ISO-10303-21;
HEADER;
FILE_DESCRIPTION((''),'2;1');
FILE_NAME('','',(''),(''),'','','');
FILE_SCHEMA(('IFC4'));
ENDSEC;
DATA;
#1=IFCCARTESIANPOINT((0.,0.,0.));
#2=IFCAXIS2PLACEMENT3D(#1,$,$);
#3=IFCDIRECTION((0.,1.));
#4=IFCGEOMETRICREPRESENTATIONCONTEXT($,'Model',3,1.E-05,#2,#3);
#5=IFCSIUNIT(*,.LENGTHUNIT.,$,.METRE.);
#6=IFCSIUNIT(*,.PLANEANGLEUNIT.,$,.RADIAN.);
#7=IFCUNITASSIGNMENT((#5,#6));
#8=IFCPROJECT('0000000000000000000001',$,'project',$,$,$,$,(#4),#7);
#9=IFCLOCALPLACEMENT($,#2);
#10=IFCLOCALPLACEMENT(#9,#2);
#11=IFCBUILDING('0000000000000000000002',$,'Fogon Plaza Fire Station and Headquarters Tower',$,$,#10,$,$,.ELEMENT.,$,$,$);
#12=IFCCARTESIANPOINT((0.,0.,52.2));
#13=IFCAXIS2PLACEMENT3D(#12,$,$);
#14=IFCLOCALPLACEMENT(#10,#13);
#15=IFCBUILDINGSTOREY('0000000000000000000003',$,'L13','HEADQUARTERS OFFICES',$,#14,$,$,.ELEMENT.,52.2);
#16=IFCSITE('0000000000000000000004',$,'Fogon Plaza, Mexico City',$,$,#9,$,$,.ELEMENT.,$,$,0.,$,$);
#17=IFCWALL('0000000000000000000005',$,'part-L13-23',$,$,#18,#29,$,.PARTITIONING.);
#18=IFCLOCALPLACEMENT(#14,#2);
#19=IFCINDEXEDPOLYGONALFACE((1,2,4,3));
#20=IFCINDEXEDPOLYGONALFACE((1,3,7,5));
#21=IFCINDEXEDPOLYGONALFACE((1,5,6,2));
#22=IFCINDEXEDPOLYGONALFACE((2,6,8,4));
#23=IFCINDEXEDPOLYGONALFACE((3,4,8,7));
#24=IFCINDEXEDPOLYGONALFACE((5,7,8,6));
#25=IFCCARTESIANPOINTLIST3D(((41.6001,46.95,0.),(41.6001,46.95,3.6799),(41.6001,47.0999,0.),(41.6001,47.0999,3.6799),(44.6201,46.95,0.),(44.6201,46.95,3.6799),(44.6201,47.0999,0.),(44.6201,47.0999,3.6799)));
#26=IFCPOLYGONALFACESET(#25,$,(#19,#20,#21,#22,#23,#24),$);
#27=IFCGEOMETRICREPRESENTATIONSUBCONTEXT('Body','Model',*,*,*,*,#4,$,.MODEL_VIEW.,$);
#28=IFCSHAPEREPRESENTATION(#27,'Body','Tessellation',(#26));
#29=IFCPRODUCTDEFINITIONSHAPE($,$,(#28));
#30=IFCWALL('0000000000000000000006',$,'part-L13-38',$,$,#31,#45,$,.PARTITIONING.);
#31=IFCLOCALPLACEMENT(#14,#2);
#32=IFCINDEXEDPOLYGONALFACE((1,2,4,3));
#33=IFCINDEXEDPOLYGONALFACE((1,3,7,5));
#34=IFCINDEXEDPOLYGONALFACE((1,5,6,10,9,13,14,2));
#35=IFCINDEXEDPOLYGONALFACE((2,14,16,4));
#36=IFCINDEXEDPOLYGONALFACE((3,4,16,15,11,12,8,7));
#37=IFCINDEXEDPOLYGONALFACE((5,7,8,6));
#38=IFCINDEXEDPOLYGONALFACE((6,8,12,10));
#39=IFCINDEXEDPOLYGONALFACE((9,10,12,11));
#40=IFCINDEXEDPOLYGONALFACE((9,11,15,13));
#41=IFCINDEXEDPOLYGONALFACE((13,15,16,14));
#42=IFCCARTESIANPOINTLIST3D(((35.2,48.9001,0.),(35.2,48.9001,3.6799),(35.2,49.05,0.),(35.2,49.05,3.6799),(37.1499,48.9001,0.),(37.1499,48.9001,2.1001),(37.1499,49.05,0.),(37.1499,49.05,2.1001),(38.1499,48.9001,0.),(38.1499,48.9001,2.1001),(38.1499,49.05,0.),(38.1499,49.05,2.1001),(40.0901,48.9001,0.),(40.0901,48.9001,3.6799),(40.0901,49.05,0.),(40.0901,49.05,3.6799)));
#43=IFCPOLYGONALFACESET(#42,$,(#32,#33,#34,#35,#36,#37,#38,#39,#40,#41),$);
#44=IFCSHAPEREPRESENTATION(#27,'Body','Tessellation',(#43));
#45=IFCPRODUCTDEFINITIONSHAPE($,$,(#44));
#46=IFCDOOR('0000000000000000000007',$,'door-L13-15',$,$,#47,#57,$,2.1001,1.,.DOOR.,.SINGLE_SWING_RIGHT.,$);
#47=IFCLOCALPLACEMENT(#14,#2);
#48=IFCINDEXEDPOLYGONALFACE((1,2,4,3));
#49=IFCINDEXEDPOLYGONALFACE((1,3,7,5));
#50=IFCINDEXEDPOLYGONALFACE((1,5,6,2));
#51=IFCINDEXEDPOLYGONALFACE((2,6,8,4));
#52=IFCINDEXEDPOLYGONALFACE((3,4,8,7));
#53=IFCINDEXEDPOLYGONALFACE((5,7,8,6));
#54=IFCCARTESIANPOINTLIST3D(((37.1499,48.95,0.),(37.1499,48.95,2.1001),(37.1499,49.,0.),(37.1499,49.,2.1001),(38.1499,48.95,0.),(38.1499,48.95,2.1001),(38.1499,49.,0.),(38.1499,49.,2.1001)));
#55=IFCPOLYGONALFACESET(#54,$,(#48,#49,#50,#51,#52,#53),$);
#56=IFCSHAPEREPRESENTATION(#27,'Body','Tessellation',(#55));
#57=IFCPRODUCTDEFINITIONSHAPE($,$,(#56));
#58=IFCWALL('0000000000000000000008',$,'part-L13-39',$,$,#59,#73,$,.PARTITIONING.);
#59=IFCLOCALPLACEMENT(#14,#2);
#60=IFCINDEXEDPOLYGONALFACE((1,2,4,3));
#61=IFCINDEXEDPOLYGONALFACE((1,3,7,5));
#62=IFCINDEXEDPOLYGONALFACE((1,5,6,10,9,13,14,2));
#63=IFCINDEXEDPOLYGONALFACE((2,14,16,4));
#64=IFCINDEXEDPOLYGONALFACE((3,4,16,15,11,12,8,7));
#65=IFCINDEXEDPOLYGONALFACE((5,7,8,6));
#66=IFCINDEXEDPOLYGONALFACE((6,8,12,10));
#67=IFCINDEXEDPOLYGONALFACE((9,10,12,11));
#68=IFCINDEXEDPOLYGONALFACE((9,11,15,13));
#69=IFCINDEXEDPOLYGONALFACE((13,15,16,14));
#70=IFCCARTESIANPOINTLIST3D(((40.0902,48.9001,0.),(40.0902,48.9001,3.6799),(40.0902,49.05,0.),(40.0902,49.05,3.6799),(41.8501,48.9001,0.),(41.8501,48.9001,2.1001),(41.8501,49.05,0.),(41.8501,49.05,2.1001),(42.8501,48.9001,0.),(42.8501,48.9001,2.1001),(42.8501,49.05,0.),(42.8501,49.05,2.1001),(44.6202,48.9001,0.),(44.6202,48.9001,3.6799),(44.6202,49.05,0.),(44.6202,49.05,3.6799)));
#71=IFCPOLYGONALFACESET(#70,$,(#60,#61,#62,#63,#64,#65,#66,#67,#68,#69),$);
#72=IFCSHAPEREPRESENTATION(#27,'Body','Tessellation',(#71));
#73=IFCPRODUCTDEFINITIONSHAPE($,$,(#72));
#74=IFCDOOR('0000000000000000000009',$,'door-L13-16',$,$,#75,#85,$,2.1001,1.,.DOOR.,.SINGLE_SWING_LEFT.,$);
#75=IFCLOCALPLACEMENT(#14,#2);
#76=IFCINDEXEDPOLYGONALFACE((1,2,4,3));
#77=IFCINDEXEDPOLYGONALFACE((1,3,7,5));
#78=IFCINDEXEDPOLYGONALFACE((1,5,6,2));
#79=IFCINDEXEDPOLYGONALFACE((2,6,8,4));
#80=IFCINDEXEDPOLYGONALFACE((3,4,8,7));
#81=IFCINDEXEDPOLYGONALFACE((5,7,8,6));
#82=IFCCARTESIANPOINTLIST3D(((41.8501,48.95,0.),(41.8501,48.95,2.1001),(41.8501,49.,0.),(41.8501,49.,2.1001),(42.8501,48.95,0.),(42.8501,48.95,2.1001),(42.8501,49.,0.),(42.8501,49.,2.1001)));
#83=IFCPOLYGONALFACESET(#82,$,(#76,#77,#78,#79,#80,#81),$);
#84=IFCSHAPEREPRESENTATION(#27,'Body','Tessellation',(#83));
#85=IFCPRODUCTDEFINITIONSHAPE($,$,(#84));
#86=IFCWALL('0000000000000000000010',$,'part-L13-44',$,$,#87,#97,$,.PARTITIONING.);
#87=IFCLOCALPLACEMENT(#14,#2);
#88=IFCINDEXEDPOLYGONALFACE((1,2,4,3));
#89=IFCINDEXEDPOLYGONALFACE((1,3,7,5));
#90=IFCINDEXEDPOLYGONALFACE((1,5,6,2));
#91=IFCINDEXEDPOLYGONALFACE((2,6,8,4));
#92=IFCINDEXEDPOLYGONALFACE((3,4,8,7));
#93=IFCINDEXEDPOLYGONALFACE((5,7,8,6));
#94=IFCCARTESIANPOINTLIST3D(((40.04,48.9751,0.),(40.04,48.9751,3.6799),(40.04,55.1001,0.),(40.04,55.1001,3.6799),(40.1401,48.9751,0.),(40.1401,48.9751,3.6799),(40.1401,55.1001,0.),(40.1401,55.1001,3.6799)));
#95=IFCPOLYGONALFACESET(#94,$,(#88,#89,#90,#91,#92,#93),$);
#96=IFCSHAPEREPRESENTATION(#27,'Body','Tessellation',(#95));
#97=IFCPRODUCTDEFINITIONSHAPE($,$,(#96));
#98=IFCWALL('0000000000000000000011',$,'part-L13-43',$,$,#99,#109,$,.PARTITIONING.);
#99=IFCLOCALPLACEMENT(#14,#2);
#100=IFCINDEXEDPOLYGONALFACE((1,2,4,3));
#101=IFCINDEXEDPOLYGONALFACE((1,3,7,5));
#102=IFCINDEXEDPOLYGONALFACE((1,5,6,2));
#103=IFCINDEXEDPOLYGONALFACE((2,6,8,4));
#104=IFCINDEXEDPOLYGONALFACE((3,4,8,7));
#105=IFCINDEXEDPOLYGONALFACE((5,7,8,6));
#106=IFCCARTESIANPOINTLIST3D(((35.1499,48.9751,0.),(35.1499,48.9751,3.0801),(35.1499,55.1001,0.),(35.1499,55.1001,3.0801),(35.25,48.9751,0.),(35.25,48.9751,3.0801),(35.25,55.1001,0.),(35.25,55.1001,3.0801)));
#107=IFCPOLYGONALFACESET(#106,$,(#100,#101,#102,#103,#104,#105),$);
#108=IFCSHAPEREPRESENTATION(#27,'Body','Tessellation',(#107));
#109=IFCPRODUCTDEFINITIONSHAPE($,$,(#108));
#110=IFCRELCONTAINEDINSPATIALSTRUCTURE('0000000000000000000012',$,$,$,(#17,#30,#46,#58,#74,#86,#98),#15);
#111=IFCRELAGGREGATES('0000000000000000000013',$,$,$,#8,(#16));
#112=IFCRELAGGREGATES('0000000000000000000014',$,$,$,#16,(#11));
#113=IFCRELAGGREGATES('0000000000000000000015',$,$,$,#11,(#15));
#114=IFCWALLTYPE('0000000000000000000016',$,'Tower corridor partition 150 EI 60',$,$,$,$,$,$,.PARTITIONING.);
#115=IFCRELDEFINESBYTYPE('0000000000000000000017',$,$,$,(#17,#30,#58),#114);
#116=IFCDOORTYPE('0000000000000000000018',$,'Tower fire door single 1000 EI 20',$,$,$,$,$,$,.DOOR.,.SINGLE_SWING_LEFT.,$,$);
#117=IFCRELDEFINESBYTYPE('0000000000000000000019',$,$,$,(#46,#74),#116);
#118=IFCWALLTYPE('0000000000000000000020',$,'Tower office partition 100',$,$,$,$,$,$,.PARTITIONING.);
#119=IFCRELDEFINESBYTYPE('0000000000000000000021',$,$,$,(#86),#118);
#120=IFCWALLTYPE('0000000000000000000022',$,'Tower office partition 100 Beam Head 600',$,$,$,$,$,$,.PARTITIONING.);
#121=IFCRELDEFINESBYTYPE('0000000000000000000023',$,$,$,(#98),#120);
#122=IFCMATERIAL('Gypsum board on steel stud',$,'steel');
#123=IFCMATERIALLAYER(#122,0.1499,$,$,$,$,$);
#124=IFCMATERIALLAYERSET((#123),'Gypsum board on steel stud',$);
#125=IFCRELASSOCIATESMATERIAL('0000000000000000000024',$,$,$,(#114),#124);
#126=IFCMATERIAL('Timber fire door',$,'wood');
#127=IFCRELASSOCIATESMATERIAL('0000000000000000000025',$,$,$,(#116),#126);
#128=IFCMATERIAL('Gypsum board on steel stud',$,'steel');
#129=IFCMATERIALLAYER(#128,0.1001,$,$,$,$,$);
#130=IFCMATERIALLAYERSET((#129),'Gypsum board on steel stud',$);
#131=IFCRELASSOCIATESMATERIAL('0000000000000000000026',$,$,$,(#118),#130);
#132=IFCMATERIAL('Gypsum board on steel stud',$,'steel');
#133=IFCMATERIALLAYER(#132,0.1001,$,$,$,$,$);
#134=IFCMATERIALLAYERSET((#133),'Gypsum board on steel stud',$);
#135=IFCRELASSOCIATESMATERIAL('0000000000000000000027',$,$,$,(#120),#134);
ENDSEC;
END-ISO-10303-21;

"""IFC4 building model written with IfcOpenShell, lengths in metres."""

from ifc_helpers import new_model, si_unit, direction, frame, frame_2d, origin, place, context, subcontext, project, spatial, rectangle, extrude, material, layer, layer_set, type_object, element, fill, save


model = new_model("IFC4")

# Units and contexts
model_context = context("Model", 3, precision=1e-05, world=origin(), true_north=direction((0.0, 1.0)))
body_context = subcontext(model_context, "Body", "Model", "MODEL_VIEW")
ifc_project = project(units=[si_unit("LENGTHUNIT", "METRE"), si_unit("PLANEANGLEUNIT", "RADIAN")], contexts=[model_context])

# Site, building, storey
site_placement = place(None, origin())
site = spatial("IfcSite", under=ifc_project, at=site_placement, Name="Fogon Plaza, Mexico City", CompositionType="ELEMENT", RefElevation=0.0)
building_placement = place(site_placement, origin())
building = spatial("IfcBuilding", under=site, at=building_placement, Name="Fogon Plaza Fire Station and Headquarters Tower", CompositionType="ELEMENT")
storey_placement = place(building_placement, frame((0.0, 0.0, 52.2)))
storey = spatial("IfcBuildingStorey", under=building, at=storey_placement, Name="L13", Description="HEADQUARTERS OFFICES", CompositionType="ELEMENT", Elevation=52.2)

# Wall
ifc_material_1 = material(Name="Gypsum board on steel stud", Category="steel")
ifc_layer_1 = layer(ifc_material_1, 0.1499)
ifc_layer_set_1 = layer_set([ifc_layer_1], Name="Gypsum board on steel stud")
wall_type_1 = type_object("IfcWallType", Name="Tower corridor partition 150 EI 60", PredefinedType="PARTITIONING", material=ifc_layer_set_1)
wall_1_placement = place(storey_placement, frame((41.6001, 47.0249, 0.0), z_axis=(0.0, 0.0, 1.0), x_axis=(1.0, 0.0, 0.0)))
element("IfcWall", 1, at=wall_1_placement, inside=storey, type_object=wall_type_1, Name="part-L13-23", PredefinedType="PARTITIONING", context=body_context, shape_type="SweptSolid", body=[
    extrude(rectangle(XDim=3.02, YDim=0.1499, at=frame_2d((1.51, 0.0))), origin(), (0.0, 0.0, 1.0), 3.6799),
])

# Walls, openings, doors
wall_2_placement = place(storey_placement, frame((35.2, 48.9751, 0.0), z_axis=(0.0, 0.0, 1.0), x_axis=(1.0, 0.0, 0.0)))
wall_2 = element("IfcWall", 2, at=wall_2_placement, inside=storey, type_object=wall_type_1, Name="part-L13-38", PredefinedType="PARTITIONING", context=body_context, shape_type="SweptSolid", body=[
    extrude(rectangle(XDim=4.8901, YDim=0.1499, at=frame_2d((2.4451, 0.0))), origin(), (0.0, 0.0, 1.0), 3.6799),
])
opening_1_placement = place(wall_2_placement, frame((1.95, 0.0, 0.0)))
opening_1 = element("IfcOpeningElement", 3, at=opening_1_placement, cuts=wall_2, PredefinedType="OPENING", context=body_context, shape_type="SweptSolid", body=[
    extrude(rectangle(XDim=1.0, YDim=2.1001, at=frame_2d((0.5, 1.05))), frame((0.0, 0.085, 0.0), z_axis=(0.0, -1.0, 0.0), x_axis=(1.0, 0.0, 0.0)), (0.0, 0.0, 1.0), 0.1699),
])
ifc_material_2 = material(Name="Timber fire door", Category="wood")
door_type = type_object("IfcDoorType", Name="Tower fire door single 1000 EI 20", OperationType="SINGLE_SWING_LEFT", PredefinedType="DOOR", material=ifc_material_2)
door_1_placement = place(opening_1_placement, origin())
door_1 = element("IfcDoor", 4, at=door_1_placement, inside=storey, type_object=door_type, Name="door-L13-15", OperationType="SINGLE_SWING_RIGHT", OverallHeight=2.1001, OverallWidth=1.0, PredefinedType="DOOR", context=body_context, shape_type="SweptSolid", body=[
    extrude(rectangle(XDim=1.0, YDim=2.1001, at=frame_2d((0.5, 1.05))), frame((0.0, 0.0249, 0.0), z_axis=(0.0, -1.0, 0.0), x_axis=(1.0, 0.0, 0.0)), (0.0, 0.0, 1.0), 0.05),
])
fill(opening_1, door_1)
wall_3_placement = place(storey_placement, frame((40.0901, 48.9751, 0.0), z_axis=(0.0, 0.0, 1.0), x_axis=(1.0, 0.0, 0.0)))
wall_3 = element("IfcWall", 5, at=wall_3_placement, inside=storey, type_object=wall_type_1, Name="part-L13-39", PredefinedType="PARTITIONING", context=body_context, shape_type="SweptSolid", body=[
    extrude(rectangle(XDim=4.53, YDim=0.1499, at=frame_2d((2.2651, 0.0))), origin(), (0.0, 0.0, 1.0), 3.6799),
])
opening_2_placement = place(wall_3_placement, frame((1.76, 0.0, 0.0)))
opening_2 = element("IfcOpeningElement", 6, at=opening_2_placement, cuts=wall_3, PredefinedType="OPENING", context=body_context, shape_type="SweptSolid", body=[
    extrude(rectangle(XDim=1.0, YDim=2.1001, at=frame_2d((0.5, 1.05))), frame((0.0, 0.085, 0.0), z_axis=(0.0, -1.0, 0.0), x_axis=(1.0, 0.0, 0.0)), (0.0, 0.0, 1.0), 0.1699),
])
door_2_placement = place(opening_2_placement, origin())
door_2 = element("IfcDoor", 7, at=door_2_placement, inside=storey, type_object=door_type, Name="door-L13-16", OperationType="SINGLE_SWING_LEFT", OverallHeight=2.1001, OverallWidth=1.0, PredefinedType="DOOR", context=body_context, shape_type="SweptSolid", body=[
    extrude(rectangle(XDim=1.0, YDim=2.1001, at=frame_2d((0.5, 1.05))), frame((0.0, 0.0249, 0.0), z_axis=(0.0, -1.0, 0.0), x_axis=(1.0, 0.0, 0.0)), (0.0, 0.0, 1.0), 0.05),
])
fill(opening_2, door_2)

# Walls
ifc_material_3 = material(Name="Gypsum board on steel stud", Category="steel")
ifc_layer_2 = layer(ifc_material_3, 0.1001)
ifc_layer_set_2 = layer_set([ifc_layer_2], Name="Gypsum board on steel stud")
wall_type_2 = type_object("IfcWallType", Name="Tower office partition 100", PredefinedType="PARTITIONING", material=ifc_layer_set_2)
wall_4_placement = place(storey_placement, frame((40.0901, 48.9751, 0.0), z_axis=(0.0, 0.0, 1.0), x_axis=(0.0, 1.0, 0.0)))
element("IfcWall", 8, at=wall_4_placement, inside=storey, type_object=wall_type_2, Name="part-L13-44", PredefinedType="PARTITIONING", context=body_context, shape_type="SweptSolid", body=[
    extrude(rectangle(XDim=6.125, YDim=0.1001, at=frame_2d((3.0625, 0.0))), origin(), (0.0, 0.0, 1.0), 3.6799),
])
ifc_material_4 = material(Name="Gypsum board on steel stud", Category="steel")
ifc_layer_3 = layer(ifc_material_4, 0.1001)
ifc_layer_set_3 = layer_set([ifc_layer_3], Name="Gypsum board on steel stud")
wall_type_3 = type_object("IfcWallType", Name="Tower office partition 100 Beam Head 600", PredefinedType="PARTITIONING", material=ifc_layer_set_3)
wall_5_placement = place(storey_placement, frame((35.2, 48.9751, 0.0), z_axis=(0.0, 0.0, 1.0), x_axis=(0.0, 1.0, 0.0)))
element("IfcWall", 9, at=wall_5_placement, inside=storey, type_object=wall_type_3, Name="part-L13-43", PredefinedType="PARTITIONING", context=body_context, shape_type="SweptSolid", body=[
    extrude(rectangle(XDim=6.125, YDim=0.1001, at=frame_2d((3.0625, 0.0))), origin(), (0.0, 0.0, 1.0), 3.0801),
])

save(model, "model.ifc")
